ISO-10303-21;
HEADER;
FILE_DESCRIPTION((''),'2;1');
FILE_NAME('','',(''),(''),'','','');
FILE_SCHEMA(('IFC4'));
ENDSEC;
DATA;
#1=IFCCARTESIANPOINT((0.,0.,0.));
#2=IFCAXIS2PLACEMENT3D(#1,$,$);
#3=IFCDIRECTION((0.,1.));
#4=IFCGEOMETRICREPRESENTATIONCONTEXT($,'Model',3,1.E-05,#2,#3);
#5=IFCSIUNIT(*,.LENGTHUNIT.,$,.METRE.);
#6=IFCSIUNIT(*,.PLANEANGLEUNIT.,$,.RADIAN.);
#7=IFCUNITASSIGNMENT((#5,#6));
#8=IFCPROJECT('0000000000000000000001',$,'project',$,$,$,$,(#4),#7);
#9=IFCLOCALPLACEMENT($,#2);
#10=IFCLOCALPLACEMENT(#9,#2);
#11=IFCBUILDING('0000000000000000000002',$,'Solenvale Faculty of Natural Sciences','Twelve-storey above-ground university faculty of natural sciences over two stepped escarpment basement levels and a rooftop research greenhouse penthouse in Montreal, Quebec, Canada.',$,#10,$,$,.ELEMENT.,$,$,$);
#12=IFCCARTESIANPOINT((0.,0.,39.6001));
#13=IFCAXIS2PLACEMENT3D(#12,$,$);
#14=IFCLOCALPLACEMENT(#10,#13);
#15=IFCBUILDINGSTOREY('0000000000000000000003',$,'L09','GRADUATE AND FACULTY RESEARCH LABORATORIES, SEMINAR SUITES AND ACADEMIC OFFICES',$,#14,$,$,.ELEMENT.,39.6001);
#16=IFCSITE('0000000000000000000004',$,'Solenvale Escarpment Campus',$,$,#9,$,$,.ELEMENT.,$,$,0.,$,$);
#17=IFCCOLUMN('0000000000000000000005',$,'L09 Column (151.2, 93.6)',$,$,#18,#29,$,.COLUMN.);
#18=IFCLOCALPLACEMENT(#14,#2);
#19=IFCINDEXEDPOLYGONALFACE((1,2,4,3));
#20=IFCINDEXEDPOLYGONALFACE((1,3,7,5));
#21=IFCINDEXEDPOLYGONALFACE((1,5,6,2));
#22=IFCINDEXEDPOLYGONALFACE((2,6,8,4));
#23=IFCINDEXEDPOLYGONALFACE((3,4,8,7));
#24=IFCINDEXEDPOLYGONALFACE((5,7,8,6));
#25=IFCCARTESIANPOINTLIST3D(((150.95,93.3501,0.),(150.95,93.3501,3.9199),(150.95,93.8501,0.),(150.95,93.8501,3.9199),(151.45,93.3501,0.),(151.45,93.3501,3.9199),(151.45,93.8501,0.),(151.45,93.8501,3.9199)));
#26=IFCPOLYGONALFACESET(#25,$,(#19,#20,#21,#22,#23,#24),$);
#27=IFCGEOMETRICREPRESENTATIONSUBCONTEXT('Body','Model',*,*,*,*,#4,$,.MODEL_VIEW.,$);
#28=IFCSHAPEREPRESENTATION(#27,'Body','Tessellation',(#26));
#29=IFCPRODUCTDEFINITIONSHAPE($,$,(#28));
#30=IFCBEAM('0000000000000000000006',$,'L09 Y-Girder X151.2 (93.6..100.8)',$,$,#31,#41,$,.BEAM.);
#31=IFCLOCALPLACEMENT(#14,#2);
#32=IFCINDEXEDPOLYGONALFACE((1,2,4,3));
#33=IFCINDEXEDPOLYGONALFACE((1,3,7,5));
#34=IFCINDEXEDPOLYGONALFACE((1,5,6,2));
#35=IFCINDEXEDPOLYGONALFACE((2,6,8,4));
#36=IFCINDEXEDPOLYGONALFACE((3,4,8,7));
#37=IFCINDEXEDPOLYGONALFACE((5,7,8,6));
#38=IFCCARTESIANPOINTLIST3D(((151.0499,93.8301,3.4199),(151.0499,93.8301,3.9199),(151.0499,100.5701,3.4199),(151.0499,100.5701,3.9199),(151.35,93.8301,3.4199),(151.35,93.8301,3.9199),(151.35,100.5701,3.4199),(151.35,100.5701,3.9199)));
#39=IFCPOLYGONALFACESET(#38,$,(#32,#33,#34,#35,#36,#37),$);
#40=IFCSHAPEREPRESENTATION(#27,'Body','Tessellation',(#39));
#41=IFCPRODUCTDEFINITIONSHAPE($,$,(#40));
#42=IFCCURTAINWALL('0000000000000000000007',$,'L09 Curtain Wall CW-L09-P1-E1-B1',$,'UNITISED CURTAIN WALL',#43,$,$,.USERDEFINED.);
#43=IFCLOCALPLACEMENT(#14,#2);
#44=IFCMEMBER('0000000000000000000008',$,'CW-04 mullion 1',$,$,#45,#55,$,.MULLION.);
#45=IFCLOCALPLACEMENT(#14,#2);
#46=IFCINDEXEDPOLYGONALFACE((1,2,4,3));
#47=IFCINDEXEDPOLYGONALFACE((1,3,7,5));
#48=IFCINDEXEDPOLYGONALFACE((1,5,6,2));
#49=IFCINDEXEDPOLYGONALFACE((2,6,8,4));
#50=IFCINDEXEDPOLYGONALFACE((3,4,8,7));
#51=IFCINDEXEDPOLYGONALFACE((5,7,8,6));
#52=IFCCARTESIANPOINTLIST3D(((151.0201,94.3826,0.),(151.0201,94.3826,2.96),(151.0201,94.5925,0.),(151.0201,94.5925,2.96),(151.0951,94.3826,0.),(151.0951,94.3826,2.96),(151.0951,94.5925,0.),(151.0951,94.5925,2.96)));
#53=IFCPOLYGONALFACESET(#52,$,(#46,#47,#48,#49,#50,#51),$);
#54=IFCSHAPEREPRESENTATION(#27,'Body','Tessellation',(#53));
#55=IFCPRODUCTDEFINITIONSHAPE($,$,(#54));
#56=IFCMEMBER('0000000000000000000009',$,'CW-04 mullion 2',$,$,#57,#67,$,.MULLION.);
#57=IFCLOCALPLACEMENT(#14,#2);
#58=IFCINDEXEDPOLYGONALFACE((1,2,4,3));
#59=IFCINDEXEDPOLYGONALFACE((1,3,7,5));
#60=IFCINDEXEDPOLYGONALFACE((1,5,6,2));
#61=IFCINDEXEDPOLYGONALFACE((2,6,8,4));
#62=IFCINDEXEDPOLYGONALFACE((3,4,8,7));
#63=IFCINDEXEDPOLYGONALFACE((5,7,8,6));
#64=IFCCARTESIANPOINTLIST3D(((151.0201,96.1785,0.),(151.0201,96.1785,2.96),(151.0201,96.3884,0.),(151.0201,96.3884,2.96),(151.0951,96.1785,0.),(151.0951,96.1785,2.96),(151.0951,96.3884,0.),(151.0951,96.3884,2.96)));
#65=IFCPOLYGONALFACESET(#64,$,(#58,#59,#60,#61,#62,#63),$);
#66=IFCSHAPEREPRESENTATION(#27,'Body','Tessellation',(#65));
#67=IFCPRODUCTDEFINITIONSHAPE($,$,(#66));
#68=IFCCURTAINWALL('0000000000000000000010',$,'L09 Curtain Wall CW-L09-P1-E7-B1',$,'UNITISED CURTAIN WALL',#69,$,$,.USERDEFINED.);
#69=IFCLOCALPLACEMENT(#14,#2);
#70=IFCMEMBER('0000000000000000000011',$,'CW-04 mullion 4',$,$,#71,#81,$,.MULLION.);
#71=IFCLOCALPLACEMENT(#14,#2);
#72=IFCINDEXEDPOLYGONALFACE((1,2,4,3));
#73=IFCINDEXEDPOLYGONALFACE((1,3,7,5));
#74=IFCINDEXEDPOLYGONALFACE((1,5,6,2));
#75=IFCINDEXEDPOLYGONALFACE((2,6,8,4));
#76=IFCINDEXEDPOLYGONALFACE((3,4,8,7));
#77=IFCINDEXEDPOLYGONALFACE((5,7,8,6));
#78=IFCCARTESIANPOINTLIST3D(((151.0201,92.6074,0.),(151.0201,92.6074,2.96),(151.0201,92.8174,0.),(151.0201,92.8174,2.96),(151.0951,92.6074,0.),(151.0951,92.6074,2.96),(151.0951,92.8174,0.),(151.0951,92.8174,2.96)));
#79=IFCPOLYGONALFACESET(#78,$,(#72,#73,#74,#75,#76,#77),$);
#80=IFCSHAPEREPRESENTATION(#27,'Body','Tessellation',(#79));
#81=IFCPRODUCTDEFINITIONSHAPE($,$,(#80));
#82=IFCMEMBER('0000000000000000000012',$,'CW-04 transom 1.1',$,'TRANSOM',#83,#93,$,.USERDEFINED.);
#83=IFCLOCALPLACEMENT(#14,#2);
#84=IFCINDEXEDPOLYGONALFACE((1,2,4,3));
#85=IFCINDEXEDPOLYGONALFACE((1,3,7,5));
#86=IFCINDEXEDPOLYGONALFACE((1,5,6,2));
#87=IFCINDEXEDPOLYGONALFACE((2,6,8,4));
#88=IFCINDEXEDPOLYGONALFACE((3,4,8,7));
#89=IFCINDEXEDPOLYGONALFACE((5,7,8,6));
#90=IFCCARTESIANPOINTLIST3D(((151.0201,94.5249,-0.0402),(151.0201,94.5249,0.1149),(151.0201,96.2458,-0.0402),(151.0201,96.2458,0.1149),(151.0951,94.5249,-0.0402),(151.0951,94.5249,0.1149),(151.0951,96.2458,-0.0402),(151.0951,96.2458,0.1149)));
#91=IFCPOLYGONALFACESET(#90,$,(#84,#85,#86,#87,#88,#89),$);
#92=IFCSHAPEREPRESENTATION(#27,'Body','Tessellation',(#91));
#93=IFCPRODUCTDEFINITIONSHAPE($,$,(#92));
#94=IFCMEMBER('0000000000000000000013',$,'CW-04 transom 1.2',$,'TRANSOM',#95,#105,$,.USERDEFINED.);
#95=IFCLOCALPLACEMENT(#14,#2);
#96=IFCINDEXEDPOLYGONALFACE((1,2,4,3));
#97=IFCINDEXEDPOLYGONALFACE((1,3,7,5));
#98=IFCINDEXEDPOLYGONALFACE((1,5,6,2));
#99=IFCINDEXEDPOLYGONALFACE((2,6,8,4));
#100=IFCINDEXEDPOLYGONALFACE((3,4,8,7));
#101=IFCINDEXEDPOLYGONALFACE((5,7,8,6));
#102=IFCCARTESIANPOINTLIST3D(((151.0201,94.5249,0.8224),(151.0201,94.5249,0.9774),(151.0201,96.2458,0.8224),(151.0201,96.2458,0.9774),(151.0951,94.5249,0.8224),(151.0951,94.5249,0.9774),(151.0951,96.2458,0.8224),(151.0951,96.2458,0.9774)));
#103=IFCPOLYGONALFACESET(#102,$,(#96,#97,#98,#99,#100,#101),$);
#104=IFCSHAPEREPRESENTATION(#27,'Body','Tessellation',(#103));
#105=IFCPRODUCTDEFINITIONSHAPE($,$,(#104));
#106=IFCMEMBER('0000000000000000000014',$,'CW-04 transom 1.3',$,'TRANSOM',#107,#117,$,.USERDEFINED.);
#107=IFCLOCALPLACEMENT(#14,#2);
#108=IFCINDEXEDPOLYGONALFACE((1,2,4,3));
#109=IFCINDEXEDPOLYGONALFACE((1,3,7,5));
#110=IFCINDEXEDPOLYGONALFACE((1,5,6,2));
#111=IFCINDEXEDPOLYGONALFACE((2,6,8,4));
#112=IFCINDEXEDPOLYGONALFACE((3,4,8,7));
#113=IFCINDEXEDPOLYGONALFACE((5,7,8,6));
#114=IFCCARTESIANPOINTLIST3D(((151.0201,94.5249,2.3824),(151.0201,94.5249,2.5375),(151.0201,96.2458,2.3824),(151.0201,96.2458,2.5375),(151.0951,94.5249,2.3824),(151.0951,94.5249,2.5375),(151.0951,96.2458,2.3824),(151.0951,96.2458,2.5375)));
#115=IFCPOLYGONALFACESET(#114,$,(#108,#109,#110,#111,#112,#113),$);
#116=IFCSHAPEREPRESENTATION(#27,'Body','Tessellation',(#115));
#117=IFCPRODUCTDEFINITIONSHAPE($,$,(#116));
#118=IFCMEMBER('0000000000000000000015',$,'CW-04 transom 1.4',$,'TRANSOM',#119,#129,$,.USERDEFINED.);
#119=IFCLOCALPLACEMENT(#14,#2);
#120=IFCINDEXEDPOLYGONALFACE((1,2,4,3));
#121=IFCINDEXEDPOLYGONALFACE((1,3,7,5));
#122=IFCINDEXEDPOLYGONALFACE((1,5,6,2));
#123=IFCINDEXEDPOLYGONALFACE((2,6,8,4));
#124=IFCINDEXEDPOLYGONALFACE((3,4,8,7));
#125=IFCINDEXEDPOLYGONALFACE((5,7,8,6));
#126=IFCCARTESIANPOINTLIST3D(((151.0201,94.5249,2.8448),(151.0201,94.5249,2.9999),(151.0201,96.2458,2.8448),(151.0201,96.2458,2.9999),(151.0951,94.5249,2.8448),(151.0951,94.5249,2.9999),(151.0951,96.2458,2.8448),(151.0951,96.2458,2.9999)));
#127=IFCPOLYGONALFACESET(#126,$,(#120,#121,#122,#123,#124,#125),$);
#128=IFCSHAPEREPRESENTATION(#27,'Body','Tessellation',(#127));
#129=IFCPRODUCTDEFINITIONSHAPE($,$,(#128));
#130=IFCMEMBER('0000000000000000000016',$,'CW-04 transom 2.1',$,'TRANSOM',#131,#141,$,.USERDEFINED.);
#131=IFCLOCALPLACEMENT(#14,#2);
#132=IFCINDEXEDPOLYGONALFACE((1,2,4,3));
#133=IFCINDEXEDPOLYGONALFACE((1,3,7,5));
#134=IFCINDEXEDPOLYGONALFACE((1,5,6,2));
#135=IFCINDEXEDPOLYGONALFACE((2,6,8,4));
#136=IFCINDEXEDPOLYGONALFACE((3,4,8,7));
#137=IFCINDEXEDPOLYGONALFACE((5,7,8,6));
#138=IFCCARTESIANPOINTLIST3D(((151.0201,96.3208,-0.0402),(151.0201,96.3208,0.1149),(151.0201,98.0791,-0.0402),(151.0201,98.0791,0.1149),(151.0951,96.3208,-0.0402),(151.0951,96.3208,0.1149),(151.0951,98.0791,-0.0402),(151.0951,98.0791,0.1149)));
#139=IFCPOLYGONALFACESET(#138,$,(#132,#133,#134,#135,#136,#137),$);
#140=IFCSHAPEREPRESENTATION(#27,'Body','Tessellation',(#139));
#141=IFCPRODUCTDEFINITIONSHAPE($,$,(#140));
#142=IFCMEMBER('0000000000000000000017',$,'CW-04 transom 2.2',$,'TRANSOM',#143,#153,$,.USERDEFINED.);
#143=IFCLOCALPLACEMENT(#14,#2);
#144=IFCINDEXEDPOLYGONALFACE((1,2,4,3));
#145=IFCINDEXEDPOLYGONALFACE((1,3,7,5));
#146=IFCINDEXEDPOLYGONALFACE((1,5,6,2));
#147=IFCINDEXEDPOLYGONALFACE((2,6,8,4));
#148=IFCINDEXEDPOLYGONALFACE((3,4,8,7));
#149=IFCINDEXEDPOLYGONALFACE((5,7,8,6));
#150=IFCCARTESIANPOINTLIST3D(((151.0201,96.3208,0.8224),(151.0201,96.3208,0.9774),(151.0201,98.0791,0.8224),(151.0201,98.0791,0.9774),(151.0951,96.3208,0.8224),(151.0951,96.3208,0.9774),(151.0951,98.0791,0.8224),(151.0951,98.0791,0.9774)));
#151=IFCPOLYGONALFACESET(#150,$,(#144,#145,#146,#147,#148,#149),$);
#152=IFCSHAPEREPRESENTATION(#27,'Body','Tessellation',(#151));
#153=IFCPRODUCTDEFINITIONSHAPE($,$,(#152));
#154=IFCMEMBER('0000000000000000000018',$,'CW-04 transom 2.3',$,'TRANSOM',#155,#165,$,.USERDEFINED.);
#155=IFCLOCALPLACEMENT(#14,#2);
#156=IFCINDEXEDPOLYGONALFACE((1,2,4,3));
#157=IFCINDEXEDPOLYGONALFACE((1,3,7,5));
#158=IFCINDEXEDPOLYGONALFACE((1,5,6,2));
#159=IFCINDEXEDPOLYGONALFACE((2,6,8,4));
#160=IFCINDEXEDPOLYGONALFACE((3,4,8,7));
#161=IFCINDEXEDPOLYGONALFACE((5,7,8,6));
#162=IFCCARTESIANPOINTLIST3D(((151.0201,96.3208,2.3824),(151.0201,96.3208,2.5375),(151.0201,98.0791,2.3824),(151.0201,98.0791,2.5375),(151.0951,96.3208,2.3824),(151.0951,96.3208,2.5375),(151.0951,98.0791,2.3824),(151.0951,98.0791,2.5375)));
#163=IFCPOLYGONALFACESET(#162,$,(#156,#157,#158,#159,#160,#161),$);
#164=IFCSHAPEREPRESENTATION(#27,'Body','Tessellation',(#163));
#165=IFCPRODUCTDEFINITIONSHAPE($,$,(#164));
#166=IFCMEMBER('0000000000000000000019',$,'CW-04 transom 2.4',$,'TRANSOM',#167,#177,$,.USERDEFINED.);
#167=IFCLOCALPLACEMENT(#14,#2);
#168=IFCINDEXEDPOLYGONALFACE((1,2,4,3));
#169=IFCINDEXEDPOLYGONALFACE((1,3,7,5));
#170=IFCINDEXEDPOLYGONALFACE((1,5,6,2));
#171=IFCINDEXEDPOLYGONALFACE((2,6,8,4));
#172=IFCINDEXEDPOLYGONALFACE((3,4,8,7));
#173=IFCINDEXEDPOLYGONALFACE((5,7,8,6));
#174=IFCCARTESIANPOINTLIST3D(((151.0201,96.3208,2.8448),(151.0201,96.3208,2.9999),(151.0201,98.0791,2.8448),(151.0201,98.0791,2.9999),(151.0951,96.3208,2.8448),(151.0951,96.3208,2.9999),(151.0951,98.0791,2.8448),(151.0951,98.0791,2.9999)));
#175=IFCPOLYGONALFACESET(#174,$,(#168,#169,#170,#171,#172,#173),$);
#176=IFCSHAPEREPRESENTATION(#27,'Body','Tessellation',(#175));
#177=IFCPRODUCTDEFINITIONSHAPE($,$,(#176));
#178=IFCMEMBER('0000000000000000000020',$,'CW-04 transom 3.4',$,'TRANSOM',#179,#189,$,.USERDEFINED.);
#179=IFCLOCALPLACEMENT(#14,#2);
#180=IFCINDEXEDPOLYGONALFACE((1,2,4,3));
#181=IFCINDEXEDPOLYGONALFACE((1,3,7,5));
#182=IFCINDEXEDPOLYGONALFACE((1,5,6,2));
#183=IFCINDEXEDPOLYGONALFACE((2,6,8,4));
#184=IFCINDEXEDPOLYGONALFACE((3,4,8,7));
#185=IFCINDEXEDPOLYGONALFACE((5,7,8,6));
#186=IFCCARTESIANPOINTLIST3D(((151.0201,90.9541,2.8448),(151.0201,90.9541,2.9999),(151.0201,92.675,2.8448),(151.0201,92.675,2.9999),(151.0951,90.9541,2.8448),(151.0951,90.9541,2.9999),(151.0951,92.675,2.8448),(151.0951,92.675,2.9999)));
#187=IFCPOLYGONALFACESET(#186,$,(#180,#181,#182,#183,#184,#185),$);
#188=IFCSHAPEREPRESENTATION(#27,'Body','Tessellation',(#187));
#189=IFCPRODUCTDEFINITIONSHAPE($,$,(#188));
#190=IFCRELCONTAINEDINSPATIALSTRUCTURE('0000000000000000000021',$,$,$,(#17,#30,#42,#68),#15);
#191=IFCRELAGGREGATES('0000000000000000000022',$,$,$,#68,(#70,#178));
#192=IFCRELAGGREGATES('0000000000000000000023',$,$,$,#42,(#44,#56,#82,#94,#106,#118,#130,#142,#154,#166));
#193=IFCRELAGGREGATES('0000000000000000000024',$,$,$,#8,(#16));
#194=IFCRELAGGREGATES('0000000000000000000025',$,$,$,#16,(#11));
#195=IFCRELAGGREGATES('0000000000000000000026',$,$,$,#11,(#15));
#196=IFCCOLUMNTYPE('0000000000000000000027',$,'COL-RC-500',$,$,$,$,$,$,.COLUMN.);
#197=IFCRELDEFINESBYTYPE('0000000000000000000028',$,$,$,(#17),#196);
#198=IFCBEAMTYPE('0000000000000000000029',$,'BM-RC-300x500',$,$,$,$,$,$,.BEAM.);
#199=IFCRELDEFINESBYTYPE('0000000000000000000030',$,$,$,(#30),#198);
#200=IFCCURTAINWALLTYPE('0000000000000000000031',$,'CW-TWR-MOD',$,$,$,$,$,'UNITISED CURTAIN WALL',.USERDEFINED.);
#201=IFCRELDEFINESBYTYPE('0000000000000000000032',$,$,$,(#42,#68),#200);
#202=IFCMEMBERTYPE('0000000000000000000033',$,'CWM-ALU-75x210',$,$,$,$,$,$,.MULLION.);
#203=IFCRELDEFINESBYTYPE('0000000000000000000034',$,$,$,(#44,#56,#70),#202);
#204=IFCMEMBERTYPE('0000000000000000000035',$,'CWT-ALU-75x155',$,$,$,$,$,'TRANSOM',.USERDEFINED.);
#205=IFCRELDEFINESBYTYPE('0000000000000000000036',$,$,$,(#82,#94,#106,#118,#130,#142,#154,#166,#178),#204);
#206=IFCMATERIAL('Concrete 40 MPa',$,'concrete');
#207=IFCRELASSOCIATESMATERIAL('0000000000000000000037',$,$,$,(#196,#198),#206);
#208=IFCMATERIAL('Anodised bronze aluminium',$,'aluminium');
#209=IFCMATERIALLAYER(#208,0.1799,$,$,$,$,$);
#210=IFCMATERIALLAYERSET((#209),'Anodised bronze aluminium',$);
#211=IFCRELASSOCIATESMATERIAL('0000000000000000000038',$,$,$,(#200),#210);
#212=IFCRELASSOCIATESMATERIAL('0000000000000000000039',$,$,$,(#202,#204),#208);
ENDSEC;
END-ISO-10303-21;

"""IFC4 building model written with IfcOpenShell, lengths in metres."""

from ifc_helpers import new_model, si_unit, direction, frame, origin, origin_2d, place, context, subcontext, project, spatial, rectangle, extrude, material, layer, layer_set, material_profile, profile_set, type_object, element, aggregate, save


model = new_model("IFC4")

# Units and contexts
model_context = context("Model", 3, precision=1e-05, world=origin(), true_north=direction((0.0, 1.0)))
body_context = subcontext(model_context, "Body", "Model", "MODEL_VIEW")
ifc_project = project(units=[si_unit("LENGTHUNIT", "METRE"), si_unit("PLANEANGLEUNIT", "RADIAN")], contexts=[model_context])

# Site, building, storey
site_placement = place(None, origin())
site = spatial("IfcSite", under=ifc_project, at=site_placement, Name="Solenvale Escarpment Campus", CompositionType="ELEMENT", RefElevation=0.0)
building_placement = place(site_placement, origin())
building = spatial("IfcBuilding", under=site, at=building_placement, Name="Solenvale Faculty of Natural Sciences", Description="Twelve-storey above-ground university faculty of natural sciences over two stepped escarpment basement levels and a rooftop research greenhouse penthouse in Montreal, Quebec, Canada.", CompositionType="ELEMENT")
storey_placement = place(building_placement, frame((0.0, 0.0, 39.6001)))
storey = spatial("IfcBuildingStorey", under=building, at=storey_placement, Name="L09", Description="GRADUATE AND FACULTY RESEARCH LABORATORIES, SEMINAR SUITES AND ACADEMIC OFFICES", CompositionType="ELEMENT", Elevation=39.6001)

# Column
ifc_material_1 = material(Name="Concrete 40 MPa", Category="concrete")
ifc_material_profile_1 = material_profile(ifc_material_1, rectangle(XDim=0.5, YDim=0.5, at=origin_2d()), Name="RC-COL-500x500")
ifc_profile_set_1 = profile_set([ifc_material_profile_1], Name="Concrete 40 MPa")
column_type = type_object("IfcColumnType", Name="COL-RC-500", PredefinedType="COLUMN", material=ifc_profile_set_1)
column_placement = place(storey_placement, frame((151.2, 93.6001, 0.0), z_axis=(0.0, 0.0, 1.0), x_axis=(1.0, 0.0, 0.0)))
element("IfcColumn", 1, at=column_placement, inside=storey, type_object=column_type, Name="L09 Column (151.2, 93.6)", PredefinedType="COLUMN", context=body_context, shape_type="SweptSolid", body=[
    extrude(rectangle(XDim=0.5, YDim=0.5, at=origin_2d()), origin(), (0.0, 0.0, 1.0), 3.9199),
])

# Beam
ifc_material_profile_2 = material_profile(ifc_material_1, rectangle(XDim=0.3, YDim=0.5, at=origin_2d()), Name="RC-BM-300x500")
ifc_profile_set_2 = profile_set([ifc_material_profile_2], Name="Concrete 40 MPa")
beam_type = type_object("IfcBeamType", Name="BM-RC-300x500", PredefinedType="BEAM", material=ifc_profile_set_2)
beam_placement = place(storey_placement, frame((151.2, 93.8301, 3.6699), z_axis=(0.0, 1.0, 0.0), x_axis=(-1.0, 0.0, 0.0)))
element("IfcBeam", 2, at=beam_placement, inside=storey, type_object=beam_type, Name="L09 Y-Girder X151.2 (93.6..100.8)", PredefinedType="BEAM", context=body_context, shape_type="SweptSolid", body=[
    extrude(rectangle(XDim=0.3, YDim=0.5, at=origin_2d()), origin(), (0.0, 0.0, 1.0), 6.74),
])

# Curtain wall, members
ifc_material_2 = material(Name="Anodised bronze aluminium", Category="aluminium")
ifc_layer_1 = layer(ifc_material_2, 0.1799)
ifc_layer_set_1 = layer_set([ifc_layer_1], Name="Anodised bronze aluminium")
curtain_wall_type = type_object("IfcCurtainWallType", Name="CW-TWR-MOD", ElementType="UNITISED CURTAIN WALL", PredefinedType="USERDEFINED", material=ifc_layer_set_1)
curtain_wall_1_placement = place(storey_placement, origin())
curtain_wall_1 = element("IfcCurtainWall", 3, at=curtain_wall_1_placement, inside=storey, type_object=curtain_wall_type, Name="L09 Curtain Wall CW-L09-P1-E1-B1", ObjectType="UNITISED CURTAIN WALL", PredefinedType="USERDEFINED")
ifc_material_profile_3 = material_profile(ifc_material_2, rectangle(XDim=0.075, YDim=0.21, at=origin_2d()), Name="ALU-MUL-75x210")
ifc_profile_set_3 = profile_set([ifc_material_profile_3], Name="Anodised bronze aluminium")
member_type_1 = type_object("IfcMemberType", Name="CWM-ALU-75x210", PredefinedType="MULLION", material=ifc_profile_set_3)
member_1_placement = place(storey_placement, frame((151.0576, 94.4875, 0.0), z_axis=(0.0, 0.0, 1.0), x_axis=(-1.0, 0.0, 0.0)))
member_1 = element("IfcMember", 4, at=member_1_placement, type_object=member_type_1, Name="CW-04 mullion 1", PredefinedType="MULLION", context=body_context, shape_type="SweptSolid", body=[
    extrude(rectangle(XDim=0.075, YDim=0.21, at=origin_2d()), origin(), (0.0, 0.0, 1.0), 2.96),
])
member_2_placement = place(storey_placement, frame((151.0576, 96.2834, 0.0), z_axis=(0.0, 0.0, 1.0), x_axis=(-1.0, 0.0, 0.0)))
member_2 = element("IfcMember", 5, at=member_2_placement, type_object=member_type_1, Name="CW-04 mullion 2", PredefinedType="MULLION", context=body_context, shape_type="SweptSolid", body=[
    extrude(rectangle(XDim=0.075, YDim=0.21, at=origin_2d()), origin(), (0.0, 0.0, 1.0), 2.96),
])

# Curtain wall, member
curtain_wall_2_placement = place(storey_placement, origin())
curtain_wall_2 = element("IfcCurtainWall", 6, at=curtain_wall_2_placement, inside=storey, type_object=curtain_wall_type, Name="L09 Curtain Wall CW-L09-P1-E7-B1", ObjectType="UNITISED CURTAIN WALL", PredefinedType="USERDEFINED")
member_3_placement = place(storey_placement, frame((151.0576, 92.7124, 0.0), z_axis=(0.0, 0.0, 1.0), x_axis=(-1.0, 0.0, 0.0)))
member_3 = element("IfcMember", 7, at=member_3_placement, type_object=member_type_1, Name="CW-04 mullion 4", PredefinedType="MULLION", context=body_context, shape_type="SweptSolid", body=[
    extrude(rectangle(XDim=0.075, YDim=0.21, at=origin_2d()), origin(), (0.0, 0.0, 1.0), 2.96),
])

# Members
ifc_material_profile_4 = material_profile(ifc_material_2, rectangle(XDim=0.075, YDim=0.155, at=origin_2d()), Name="ALU-TRN-75x155")
ifc_profile_set_4 = profile_set([ifc_material_profile_4], Name="Anodised bronze aluminium")
member_type_2 = type_object("IfcMemberType", Name="CWT-ALU-75x155", ElementType="TRANSOM", PredefinedType="USERDEFINED", material=ifc_profile_set_4)
member_4_placement = place(storey_placement, frame((151.0576, 94.5249, 0.0374), z_axis=(0.0, 1.0, 0.0), x_axis=(-1.0, 0.0, 0.0)))
member_4 = element("IfcMember", 8, at=member_4_placement, type_object=member_type_2, Name="CW-04 transom 1.1", ObjectType="TRANSOM", PredefinedType="USERDEFINED", context=body_context, shape_type="SweptSolid", body=[
    extrude(rectangle(XDim=0.075, YDim=0.155, at=origin_2d()), origin(), (0.0, 0.0, 1.0), 1.7209),
])
member_5_placement = place(storey_placement, frame((151.0576, 94.5249, 0.8999), z_axis=(0.0, 1.0, 0.0), x_axis=(-1.0, 0.0, 0.0)))
member_5 = element("IfcMember", 9, at=member_5_placement, type_object=member_type_2, Name="CW-04 transom 1.2", ObjectType="TRANSOM", PredefinedType="USERDEFINED", context=body_context, shape_type="SweptSolid", body=[
    extrude(rectangle(XDim=0.075, YDim=0.155, at=origin_2d()), origin(), (0.0, 0.0, 1.0), 1.7209),
])
member_6_placement = place(storey_placement, frame((151.0576, 94.5249, 2.46), z_axis=(0.0, 1.0, 0.0), x_axis=(-1.0, 0.0, 0.0)))
member_6 = element("IfcMember", 10, at=member_6_placement, type_object=member_type_2, Name="CW-04 transom 1.3", ObjectType="TRANSOM", PredefinedType="USERDEFINED", context=body_context, shape_type="SweptSolid", body=[
    extrude(rectangle(XDim=0.075, YDim=0.155, at=origin_2d()), origin(), (0.0, 0.0, 1.0), 1.7209),
])
member_7_placement = place(storey_placement, frame((151.0576, 94.5249, 2.9224), z_axis=(0.0, 1.0, 0.0), x_axis=(-1.0, 0.0, 0.0)))
member_7 = element("IfcMember", 11, at=member_7_placement, type_object=member_type_2, Name="CW-04 transom 1.4", ObjectType="TRANSOM", PredefinedType="USERDEFINED", context=body_context, shape_type="SweptSolid", body=[
    extrude(rectangle(XDim=0.075, YDim=0.155, at=origin_2d()), origin(), (0.0, 0.0, 1.0), 1.7209),
])
member_8_placement = place(storey_placement, frame((151.0576, 96.3208, 0.0374), z_axis=(0.0, 1.0, 0.0), x_axis=(-1.0, 0.0, 0.0)))
member_8 = element("IfcMember", 12, at=member_8_placement, type_object=member_type_2, Name="CW-04 transom 2.1", ObjectType="TRANSOM", PredefinedType="USERDEFINED", context=body_context, shape_type="SweptSolid", body=[
    extrude(rectangle(XDim=0.075, YDim=0.155, at=origin_2d()), origin(), (0.0, 0.0, 1.0), 1.7583),
])
member_9_placement = place(storey_placement, frame((151.0576, 96.3208, 0.8999), z_axis=(0.0, 1.0, 0.0), x_axis=(-1.0, 0.0, 0.0)))
member_9 = element("IfcMember", 13, at=member_9_placement, type_object=member_type_2, Name="CW-04 transom 2.2", ObjectType="TRANSOM", PredefinedType="USERDEFINED", context=body_context, shape_type="SweptSolid", body=[
    extrude(rectangle(XDim=0.075, YDim=0.155, at=origin_2d()), origin(), (0.0, 0.0, 1.0), 1.7583),
])
member_10_placement = place(storey_placement, frame((151.0576, 96.3208, 2.46), z_axis=(0.0, 1.0, 0.0), x_axis=(-1.0, 0.0, 0.0)))
member_10 = element("IfcMember", 14, at=member_10_placement, type_object=member_type_2, Name="CW-04 transom 2.3", ObjectType="TRANSOM", PredefinedType="USERDEFINED", context=body_context, shape_type="SweptSolid", body=[
    extrude(rectangle(XDim=0.075, YDim=0.155, at=origin_2d()), origin(), (0.0, 0.0, 1.0), 1.7583),
])
member_11_placement = place(storey_placement, frame((151.0576, 96.3208, 2.9224), z_axis=(0.0, 1.0, 0.0), x_axis=(-1.0, 0.0, 0.0)))
member_11 = element("IfcMember", 15, at=member_11_placement, type_object=member_type_2, Name="CW-04 transom 2.4", ObjectType="TRANSOM", PredefinedType="USERDEFINED", context=body_context, shape_type="SweptSolid", body=[
    extrude(rectangle(XDim=0.075, YDim=0.155, at=origin_2d()), origin(), (0.0, 0.0, 1.0), 1.7583),
])
member_12_placement = place(storey_placement, frame((151.0576, 90.9541, 2.9224), z_axis=(0.0, 1.0, 0.0), x_axis=(-1.0, 0.0, 0.0)))
member_12 = element("IfcMember", 16, at=member_12_placement, type_object=member_type_2, Name="CW-04 transom 3.4", ObjectType="TRANSOM", PredefinedType="USERDEFINED", context=body_context, shape_type="SweptSolid", body=[
    extrude(rectangle(XDim=0.075, YDim=0.155, at=origin_2d()), origin(), (0.0, 0.0, 1.0), 1.7209),
])

aggregate(curtain_wall_2, [member_3, member_12])
aggregate(curtain_wall_1, [member_1, member_2, member_4, member_5, member_6, member_7, member_8, member_9, member_10, member_11])

save(model, "model.ifc")
